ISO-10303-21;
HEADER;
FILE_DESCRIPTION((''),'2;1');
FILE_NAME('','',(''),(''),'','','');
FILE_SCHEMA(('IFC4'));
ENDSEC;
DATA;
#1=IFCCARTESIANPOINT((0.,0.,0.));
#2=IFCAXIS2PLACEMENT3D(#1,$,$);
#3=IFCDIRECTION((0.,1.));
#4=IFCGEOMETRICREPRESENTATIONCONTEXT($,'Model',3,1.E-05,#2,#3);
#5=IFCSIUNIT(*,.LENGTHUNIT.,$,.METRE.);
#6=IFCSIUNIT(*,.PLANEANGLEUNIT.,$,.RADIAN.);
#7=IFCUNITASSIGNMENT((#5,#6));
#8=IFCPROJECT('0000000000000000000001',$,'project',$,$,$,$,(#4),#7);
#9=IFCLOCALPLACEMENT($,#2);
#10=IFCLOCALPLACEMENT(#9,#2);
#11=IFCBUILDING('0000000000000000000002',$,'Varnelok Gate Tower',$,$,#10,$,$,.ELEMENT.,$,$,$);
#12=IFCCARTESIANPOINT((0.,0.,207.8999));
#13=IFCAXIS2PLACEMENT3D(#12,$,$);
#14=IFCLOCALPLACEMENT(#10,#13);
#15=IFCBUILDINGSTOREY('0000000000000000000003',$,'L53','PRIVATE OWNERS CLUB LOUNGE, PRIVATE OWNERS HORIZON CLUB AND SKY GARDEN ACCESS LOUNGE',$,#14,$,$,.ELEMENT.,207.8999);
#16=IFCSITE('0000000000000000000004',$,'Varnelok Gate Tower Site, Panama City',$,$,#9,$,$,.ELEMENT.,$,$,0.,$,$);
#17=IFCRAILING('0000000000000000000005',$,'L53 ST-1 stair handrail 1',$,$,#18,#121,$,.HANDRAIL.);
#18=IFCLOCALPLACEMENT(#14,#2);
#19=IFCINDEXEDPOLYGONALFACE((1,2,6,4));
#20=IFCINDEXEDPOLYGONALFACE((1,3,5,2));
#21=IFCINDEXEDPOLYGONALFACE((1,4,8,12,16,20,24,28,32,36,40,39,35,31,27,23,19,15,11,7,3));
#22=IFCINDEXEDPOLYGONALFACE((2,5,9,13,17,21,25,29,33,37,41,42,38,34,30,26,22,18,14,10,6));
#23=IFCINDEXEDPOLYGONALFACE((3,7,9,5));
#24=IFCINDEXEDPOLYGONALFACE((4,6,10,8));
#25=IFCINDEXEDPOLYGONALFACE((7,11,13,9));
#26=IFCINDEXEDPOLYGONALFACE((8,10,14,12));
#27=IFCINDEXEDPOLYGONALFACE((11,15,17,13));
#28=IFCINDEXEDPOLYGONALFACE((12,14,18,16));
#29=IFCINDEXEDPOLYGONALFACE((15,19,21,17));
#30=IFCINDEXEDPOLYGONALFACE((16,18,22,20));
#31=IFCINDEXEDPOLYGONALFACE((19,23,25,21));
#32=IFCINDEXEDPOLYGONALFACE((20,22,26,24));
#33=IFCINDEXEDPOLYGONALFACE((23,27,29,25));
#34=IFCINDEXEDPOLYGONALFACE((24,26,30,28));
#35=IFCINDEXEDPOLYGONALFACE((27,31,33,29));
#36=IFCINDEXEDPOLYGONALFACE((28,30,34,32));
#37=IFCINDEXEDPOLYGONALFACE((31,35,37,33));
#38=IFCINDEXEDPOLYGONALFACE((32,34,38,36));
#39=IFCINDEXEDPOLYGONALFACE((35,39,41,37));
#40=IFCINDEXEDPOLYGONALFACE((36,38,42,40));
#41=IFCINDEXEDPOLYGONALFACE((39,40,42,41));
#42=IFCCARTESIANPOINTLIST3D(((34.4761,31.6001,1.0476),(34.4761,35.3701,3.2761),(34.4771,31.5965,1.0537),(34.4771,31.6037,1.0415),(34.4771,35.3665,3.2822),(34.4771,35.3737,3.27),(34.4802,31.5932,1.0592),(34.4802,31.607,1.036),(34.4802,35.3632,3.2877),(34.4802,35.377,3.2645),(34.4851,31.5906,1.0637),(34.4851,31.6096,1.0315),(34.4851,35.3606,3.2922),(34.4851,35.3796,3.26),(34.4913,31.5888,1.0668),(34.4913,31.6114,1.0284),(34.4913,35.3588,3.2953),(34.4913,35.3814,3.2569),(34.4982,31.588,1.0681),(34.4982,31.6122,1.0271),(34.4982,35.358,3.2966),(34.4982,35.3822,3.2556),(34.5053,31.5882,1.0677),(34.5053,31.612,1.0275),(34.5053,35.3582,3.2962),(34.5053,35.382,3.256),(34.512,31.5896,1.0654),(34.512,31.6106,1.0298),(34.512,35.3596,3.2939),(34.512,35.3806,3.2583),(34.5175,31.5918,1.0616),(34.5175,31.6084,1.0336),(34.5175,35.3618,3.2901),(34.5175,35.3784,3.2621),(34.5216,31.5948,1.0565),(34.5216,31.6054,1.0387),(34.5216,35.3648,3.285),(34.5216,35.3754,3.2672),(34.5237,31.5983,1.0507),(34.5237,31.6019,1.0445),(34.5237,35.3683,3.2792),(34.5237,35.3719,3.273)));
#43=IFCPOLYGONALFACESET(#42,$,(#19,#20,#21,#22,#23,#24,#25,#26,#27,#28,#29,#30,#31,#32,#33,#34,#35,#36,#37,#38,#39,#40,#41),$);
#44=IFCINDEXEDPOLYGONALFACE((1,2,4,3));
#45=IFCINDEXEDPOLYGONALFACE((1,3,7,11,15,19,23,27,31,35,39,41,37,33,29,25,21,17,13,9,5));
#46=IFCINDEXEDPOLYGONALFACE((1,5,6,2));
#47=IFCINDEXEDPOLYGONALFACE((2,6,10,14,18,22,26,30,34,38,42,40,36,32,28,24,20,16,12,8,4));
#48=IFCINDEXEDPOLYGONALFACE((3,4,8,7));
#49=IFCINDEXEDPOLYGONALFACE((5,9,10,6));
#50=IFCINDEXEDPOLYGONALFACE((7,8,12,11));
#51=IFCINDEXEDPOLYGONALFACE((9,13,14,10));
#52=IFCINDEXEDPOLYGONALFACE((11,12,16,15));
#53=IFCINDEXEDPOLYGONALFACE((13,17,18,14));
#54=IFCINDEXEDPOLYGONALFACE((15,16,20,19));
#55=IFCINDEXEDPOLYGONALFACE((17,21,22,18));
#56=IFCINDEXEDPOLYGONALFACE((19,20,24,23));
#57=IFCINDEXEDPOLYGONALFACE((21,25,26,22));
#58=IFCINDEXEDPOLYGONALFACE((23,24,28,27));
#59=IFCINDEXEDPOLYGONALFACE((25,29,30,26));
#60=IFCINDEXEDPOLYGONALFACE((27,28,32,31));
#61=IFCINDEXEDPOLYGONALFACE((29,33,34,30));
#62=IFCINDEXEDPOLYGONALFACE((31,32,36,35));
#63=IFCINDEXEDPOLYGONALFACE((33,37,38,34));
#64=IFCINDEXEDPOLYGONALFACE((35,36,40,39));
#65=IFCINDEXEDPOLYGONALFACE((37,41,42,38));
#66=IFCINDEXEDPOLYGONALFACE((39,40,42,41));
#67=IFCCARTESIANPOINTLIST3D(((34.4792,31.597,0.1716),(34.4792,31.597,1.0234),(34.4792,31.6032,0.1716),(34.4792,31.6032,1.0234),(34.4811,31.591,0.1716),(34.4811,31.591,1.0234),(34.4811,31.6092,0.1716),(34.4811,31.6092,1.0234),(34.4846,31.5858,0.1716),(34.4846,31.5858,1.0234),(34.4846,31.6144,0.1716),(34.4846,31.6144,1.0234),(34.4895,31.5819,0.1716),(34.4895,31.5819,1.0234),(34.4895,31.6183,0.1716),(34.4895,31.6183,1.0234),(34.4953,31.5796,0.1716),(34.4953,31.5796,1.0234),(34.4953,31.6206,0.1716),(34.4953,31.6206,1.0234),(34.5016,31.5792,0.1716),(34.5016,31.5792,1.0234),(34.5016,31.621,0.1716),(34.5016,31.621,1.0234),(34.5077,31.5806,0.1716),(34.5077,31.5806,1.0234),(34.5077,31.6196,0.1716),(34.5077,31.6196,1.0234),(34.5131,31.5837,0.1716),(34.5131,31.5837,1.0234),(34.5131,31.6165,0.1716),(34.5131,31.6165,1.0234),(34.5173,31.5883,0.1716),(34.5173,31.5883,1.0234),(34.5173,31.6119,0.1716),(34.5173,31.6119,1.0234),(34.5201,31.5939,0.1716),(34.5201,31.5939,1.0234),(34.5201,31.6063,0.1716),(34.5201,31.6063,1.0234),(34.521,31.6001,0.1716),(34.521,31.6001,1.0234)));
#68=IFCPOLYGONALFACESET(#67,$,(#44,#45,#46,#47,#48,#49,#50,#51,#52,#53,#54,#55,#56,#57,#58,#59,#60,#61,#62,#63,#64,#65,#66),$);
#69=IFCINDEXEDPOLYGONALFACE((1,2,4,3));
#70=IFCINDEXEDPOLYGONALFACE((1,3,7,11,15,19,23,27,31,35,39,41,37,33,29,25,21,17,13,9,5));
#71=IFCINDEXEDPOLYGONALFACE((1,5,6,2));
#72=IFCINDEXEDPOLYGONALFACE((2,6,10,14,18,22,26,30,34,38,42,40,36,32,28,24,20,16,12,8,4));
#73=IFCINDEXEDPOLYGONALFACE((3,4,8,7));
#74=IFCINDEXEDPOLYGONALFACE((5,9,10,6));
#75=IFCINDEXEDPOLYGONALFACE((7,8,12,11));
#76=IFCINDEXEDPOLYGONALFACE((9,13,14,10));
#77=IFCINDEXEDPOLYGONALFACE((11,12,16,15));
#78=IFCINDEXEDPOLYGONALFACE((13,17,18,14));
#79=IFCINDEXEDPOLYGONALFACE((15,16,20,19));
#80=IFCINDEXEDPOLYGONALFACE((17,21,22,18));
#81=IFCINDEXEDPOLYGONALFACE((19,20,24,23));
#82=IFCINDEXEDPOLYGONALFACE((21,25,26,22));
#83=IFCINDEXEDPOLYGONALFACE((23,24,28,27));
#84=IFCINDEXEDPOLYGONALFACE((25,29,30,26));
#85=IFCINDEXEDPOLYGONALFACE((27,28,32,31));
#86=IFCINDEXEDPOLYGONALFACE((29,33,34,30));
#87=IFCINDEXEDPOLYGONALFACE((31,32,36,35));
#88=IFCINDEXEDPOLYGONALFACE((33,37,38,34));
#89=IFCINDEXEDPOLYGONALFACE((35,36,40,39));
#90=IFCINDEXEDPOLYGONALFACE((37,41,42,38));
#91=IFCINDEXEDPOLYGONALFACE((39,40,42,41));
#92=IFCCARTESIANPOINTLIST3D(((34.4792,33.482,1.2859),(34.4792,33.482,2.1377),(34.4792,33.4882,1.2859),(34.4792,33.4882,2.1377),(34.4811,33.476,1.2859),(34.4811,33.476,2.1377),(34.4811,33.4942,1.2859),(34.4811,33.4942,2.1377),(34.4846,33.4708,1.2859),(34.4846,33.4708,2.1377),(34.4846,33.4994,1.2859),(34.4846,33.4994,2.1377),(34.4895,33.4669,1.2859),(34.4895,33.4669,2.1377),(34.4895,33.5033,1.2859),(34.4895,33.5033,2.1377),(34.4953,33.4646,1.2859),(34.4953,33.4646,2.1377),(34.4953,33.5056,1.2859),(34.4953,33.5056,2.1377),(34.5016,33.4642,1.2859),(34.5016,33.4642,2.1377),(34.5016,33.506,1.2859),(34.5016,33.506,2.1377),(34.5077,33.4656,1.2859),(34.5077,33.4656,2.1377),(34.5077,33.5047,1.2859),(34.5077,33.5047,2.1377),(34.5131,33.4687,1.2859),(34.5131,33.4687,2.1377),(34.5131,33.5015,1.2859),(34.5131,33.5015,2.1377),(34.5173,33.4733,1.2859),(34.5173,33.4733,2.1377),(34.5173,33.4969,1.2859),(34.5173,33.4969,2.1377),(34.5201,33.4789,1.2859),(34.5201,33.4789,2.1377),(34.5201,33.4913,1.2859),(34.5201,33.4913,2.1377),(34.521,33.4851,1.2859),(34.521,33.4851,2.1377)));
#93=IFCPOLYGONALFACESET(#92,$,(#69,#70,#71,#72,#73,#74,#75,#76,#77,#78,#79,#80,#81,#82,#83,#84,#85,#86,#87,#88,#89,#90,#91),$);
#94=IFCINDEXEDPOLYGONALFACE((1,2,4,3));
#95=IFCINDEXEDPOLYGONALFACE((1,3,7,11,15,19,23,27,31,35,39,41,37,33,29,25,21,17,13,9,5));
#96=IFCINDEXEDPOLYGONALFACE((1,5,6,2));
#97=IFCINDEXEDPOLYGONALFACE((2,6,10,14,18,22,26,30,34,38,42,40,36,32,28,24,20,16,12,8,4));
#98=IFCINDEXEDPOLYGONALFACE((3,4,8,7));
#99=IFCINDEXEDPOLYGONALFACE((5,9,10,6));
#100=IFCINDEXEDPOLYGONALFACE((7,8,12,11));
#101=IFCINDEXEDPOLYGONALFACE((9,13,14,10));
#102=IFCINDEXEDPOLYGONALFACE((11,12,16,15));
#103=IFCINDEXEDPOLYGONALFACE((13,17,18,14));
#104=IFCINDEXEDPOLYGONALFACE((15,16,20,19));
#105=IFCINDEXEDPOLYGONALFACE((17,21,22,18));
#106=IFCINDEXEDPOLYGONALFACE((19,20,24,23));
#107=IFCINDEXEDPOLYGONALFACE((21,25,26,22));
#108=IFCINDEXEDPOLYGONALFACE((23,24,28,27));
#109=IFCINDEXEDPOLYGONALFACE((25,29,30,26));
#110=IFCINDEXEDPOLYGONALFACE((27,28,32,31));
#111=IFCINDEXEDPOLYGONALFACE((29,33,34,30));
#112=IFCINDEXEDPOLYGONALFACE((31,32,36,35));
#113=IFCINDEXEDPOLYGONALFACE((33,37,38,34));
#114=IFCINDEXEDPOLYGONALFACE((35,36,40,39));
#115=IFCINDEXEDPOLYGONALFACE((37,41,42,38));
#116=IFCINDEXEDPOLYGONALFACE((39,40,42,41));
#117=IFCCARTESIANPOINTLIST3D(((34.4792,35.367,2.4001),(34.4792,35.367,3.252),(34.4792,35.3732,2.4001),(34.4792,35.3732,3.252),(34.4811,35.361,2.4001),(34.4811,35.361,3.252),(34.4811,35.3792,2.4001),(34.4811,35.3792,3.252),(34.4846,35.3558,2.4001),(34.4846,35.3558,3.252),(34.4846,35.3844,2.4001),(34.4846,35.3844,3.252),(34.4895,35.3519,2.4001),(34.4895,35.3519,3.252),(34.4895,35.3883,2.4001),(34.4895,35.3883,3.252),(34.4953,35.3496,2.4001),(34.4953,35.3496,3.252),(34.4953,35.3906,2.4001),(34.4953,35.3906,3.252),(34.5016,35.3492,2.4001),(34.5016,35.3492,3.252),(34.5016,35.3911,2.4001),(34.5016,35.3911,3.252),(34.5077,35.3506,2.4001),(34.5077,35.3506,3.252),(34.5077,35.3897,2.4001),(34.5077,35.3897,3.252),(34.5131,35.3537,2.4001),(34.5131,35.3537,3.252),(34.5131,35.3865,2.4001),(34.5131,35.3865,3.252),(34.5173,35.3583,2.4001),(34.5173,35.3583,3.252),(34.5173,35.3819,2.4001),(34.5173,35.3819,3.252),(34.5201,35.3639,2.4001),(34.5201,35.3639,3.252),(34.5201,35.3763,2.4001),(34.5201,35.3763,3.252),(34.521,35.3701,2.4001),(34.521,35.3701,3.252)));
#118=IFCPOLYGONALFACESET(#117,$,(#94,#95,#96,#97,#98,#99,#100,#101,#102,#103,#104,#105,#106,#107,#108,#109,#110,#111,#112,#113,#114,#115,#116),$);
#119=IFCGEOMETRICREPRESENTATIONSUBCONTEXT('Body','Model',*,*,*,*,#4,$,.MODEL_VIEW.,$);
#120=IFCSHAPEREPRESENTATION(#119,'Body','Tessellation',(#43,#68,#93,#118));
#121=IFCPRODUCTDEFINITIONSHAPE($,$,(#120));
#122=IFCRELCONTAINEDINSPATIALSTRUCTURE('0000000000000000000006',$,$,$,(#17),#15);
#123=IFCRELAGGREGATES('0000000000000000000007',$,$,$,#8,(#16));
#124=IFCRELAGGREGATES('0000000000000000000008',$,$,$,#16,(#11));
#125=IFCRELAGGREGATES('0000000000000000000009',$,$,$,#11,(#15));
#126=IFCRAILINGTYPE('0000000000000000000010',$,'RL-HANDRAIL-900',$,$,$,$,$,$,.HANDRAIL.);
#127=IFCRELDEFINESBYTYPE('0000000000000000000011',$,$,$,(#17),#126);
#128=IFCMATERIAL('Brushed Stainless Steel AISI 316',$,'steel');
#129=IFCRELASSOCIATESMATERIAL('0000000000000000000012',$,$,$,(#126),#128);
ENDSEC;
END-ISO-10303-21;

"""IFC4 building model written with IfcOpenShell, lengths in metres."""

from ifc_helpers import new_model, si_unit, direction, frame, origin, origin_2d, place, context, subcontext, project, spatial, circle, extrude, material, type_object, element, save


model = new_model("IFC4")

# Units and contexts
model_context = context("Model", 3, precision=1e-05, world=origin(), true_north=direction((0.0, 1.0)))
body_context = subcontext(model_context, "Body", "Model", "MODEL_VIEW")
ifc_project = project(units=[si_unit("LENGTHUNIT", "METRE"), si_unit("PLANEANGLEUNIT", "RADIAN")], contexts=[model_context])

# Site, building, storey
site_placement = place(None, origin())
site = spatial("IfcSite", under=ifc_project, at=site_placement, Name="Varnelok Gate Tower Site, Panama City", CompositionType="ELEMENT", RefElevation=0.0)
building_placement = place(site_placement, origin())
building = spatial("IfcBuilding", under=site, at=building_placement, Name="Varnelok Gate Tower", CompositionType="ELEMENT")
storey_placement = place(building_placement, frame((0.0, 0.0, 207.8999)))
storey = spatial("IfcBuildingStorey", under=building, at=storey_placement, Name="L53", Description="PRIVATE OWNERS CLUB LOUNGE, PRIVATE OWNERS HORIZON CLUB AND SKY GARDEN ACCESS LOUNGE", CompositionType="ELEMENT", Elevation=207.8999)

# Railing
ifc_material_1 = material(Name="Brushed Stainless Steel AISI 316", Category="steel")
railing_type_1 = type_object("IfcRailingType", Name="RL-HANDRAIL-900", PredefinedType="HANDRAIL", material=ifc_material_1)
railing_1_placement = place(storey_placement, frame((34.5, 31.6001, 0.1716)))
element("IfcRailing", 1, at=railing_1_placement, inside=storey, type_object=railing_type_1, Name="L53 ST-1 stair handrail 1", PredefinedType="HANDRAIL", context=body_context, shape_type="SweptSolid", body=[
    extrude(circle(Radius=0.0239, at=origin_2d()), frame((0.0, 0.0, 0.876), z_axis=(0.0, 0.860849, 0.508861), x_axis=(-1.0, 0.0, 0.0)), (0.0, 0.0, 1.0), 4.3794),
    extrude(circle(Radius=0.021, at=origin_2d()), origin(), (0.0, 0.0, 1.0), 0.8518),
    extrude(circle(Radius=0.021, at=origin_2d()), frame((0.0, 1.885, 1.1143)), (0.0, 0.0, 1.0), 0.8518),
    extrude(circle(Radius=0.021, at=origin_2d()), frame((0.0, 3.77, 2.2285)), (0.0, 0.0, 1.0), 0.8518),
])

save(model, "model.ifc")
